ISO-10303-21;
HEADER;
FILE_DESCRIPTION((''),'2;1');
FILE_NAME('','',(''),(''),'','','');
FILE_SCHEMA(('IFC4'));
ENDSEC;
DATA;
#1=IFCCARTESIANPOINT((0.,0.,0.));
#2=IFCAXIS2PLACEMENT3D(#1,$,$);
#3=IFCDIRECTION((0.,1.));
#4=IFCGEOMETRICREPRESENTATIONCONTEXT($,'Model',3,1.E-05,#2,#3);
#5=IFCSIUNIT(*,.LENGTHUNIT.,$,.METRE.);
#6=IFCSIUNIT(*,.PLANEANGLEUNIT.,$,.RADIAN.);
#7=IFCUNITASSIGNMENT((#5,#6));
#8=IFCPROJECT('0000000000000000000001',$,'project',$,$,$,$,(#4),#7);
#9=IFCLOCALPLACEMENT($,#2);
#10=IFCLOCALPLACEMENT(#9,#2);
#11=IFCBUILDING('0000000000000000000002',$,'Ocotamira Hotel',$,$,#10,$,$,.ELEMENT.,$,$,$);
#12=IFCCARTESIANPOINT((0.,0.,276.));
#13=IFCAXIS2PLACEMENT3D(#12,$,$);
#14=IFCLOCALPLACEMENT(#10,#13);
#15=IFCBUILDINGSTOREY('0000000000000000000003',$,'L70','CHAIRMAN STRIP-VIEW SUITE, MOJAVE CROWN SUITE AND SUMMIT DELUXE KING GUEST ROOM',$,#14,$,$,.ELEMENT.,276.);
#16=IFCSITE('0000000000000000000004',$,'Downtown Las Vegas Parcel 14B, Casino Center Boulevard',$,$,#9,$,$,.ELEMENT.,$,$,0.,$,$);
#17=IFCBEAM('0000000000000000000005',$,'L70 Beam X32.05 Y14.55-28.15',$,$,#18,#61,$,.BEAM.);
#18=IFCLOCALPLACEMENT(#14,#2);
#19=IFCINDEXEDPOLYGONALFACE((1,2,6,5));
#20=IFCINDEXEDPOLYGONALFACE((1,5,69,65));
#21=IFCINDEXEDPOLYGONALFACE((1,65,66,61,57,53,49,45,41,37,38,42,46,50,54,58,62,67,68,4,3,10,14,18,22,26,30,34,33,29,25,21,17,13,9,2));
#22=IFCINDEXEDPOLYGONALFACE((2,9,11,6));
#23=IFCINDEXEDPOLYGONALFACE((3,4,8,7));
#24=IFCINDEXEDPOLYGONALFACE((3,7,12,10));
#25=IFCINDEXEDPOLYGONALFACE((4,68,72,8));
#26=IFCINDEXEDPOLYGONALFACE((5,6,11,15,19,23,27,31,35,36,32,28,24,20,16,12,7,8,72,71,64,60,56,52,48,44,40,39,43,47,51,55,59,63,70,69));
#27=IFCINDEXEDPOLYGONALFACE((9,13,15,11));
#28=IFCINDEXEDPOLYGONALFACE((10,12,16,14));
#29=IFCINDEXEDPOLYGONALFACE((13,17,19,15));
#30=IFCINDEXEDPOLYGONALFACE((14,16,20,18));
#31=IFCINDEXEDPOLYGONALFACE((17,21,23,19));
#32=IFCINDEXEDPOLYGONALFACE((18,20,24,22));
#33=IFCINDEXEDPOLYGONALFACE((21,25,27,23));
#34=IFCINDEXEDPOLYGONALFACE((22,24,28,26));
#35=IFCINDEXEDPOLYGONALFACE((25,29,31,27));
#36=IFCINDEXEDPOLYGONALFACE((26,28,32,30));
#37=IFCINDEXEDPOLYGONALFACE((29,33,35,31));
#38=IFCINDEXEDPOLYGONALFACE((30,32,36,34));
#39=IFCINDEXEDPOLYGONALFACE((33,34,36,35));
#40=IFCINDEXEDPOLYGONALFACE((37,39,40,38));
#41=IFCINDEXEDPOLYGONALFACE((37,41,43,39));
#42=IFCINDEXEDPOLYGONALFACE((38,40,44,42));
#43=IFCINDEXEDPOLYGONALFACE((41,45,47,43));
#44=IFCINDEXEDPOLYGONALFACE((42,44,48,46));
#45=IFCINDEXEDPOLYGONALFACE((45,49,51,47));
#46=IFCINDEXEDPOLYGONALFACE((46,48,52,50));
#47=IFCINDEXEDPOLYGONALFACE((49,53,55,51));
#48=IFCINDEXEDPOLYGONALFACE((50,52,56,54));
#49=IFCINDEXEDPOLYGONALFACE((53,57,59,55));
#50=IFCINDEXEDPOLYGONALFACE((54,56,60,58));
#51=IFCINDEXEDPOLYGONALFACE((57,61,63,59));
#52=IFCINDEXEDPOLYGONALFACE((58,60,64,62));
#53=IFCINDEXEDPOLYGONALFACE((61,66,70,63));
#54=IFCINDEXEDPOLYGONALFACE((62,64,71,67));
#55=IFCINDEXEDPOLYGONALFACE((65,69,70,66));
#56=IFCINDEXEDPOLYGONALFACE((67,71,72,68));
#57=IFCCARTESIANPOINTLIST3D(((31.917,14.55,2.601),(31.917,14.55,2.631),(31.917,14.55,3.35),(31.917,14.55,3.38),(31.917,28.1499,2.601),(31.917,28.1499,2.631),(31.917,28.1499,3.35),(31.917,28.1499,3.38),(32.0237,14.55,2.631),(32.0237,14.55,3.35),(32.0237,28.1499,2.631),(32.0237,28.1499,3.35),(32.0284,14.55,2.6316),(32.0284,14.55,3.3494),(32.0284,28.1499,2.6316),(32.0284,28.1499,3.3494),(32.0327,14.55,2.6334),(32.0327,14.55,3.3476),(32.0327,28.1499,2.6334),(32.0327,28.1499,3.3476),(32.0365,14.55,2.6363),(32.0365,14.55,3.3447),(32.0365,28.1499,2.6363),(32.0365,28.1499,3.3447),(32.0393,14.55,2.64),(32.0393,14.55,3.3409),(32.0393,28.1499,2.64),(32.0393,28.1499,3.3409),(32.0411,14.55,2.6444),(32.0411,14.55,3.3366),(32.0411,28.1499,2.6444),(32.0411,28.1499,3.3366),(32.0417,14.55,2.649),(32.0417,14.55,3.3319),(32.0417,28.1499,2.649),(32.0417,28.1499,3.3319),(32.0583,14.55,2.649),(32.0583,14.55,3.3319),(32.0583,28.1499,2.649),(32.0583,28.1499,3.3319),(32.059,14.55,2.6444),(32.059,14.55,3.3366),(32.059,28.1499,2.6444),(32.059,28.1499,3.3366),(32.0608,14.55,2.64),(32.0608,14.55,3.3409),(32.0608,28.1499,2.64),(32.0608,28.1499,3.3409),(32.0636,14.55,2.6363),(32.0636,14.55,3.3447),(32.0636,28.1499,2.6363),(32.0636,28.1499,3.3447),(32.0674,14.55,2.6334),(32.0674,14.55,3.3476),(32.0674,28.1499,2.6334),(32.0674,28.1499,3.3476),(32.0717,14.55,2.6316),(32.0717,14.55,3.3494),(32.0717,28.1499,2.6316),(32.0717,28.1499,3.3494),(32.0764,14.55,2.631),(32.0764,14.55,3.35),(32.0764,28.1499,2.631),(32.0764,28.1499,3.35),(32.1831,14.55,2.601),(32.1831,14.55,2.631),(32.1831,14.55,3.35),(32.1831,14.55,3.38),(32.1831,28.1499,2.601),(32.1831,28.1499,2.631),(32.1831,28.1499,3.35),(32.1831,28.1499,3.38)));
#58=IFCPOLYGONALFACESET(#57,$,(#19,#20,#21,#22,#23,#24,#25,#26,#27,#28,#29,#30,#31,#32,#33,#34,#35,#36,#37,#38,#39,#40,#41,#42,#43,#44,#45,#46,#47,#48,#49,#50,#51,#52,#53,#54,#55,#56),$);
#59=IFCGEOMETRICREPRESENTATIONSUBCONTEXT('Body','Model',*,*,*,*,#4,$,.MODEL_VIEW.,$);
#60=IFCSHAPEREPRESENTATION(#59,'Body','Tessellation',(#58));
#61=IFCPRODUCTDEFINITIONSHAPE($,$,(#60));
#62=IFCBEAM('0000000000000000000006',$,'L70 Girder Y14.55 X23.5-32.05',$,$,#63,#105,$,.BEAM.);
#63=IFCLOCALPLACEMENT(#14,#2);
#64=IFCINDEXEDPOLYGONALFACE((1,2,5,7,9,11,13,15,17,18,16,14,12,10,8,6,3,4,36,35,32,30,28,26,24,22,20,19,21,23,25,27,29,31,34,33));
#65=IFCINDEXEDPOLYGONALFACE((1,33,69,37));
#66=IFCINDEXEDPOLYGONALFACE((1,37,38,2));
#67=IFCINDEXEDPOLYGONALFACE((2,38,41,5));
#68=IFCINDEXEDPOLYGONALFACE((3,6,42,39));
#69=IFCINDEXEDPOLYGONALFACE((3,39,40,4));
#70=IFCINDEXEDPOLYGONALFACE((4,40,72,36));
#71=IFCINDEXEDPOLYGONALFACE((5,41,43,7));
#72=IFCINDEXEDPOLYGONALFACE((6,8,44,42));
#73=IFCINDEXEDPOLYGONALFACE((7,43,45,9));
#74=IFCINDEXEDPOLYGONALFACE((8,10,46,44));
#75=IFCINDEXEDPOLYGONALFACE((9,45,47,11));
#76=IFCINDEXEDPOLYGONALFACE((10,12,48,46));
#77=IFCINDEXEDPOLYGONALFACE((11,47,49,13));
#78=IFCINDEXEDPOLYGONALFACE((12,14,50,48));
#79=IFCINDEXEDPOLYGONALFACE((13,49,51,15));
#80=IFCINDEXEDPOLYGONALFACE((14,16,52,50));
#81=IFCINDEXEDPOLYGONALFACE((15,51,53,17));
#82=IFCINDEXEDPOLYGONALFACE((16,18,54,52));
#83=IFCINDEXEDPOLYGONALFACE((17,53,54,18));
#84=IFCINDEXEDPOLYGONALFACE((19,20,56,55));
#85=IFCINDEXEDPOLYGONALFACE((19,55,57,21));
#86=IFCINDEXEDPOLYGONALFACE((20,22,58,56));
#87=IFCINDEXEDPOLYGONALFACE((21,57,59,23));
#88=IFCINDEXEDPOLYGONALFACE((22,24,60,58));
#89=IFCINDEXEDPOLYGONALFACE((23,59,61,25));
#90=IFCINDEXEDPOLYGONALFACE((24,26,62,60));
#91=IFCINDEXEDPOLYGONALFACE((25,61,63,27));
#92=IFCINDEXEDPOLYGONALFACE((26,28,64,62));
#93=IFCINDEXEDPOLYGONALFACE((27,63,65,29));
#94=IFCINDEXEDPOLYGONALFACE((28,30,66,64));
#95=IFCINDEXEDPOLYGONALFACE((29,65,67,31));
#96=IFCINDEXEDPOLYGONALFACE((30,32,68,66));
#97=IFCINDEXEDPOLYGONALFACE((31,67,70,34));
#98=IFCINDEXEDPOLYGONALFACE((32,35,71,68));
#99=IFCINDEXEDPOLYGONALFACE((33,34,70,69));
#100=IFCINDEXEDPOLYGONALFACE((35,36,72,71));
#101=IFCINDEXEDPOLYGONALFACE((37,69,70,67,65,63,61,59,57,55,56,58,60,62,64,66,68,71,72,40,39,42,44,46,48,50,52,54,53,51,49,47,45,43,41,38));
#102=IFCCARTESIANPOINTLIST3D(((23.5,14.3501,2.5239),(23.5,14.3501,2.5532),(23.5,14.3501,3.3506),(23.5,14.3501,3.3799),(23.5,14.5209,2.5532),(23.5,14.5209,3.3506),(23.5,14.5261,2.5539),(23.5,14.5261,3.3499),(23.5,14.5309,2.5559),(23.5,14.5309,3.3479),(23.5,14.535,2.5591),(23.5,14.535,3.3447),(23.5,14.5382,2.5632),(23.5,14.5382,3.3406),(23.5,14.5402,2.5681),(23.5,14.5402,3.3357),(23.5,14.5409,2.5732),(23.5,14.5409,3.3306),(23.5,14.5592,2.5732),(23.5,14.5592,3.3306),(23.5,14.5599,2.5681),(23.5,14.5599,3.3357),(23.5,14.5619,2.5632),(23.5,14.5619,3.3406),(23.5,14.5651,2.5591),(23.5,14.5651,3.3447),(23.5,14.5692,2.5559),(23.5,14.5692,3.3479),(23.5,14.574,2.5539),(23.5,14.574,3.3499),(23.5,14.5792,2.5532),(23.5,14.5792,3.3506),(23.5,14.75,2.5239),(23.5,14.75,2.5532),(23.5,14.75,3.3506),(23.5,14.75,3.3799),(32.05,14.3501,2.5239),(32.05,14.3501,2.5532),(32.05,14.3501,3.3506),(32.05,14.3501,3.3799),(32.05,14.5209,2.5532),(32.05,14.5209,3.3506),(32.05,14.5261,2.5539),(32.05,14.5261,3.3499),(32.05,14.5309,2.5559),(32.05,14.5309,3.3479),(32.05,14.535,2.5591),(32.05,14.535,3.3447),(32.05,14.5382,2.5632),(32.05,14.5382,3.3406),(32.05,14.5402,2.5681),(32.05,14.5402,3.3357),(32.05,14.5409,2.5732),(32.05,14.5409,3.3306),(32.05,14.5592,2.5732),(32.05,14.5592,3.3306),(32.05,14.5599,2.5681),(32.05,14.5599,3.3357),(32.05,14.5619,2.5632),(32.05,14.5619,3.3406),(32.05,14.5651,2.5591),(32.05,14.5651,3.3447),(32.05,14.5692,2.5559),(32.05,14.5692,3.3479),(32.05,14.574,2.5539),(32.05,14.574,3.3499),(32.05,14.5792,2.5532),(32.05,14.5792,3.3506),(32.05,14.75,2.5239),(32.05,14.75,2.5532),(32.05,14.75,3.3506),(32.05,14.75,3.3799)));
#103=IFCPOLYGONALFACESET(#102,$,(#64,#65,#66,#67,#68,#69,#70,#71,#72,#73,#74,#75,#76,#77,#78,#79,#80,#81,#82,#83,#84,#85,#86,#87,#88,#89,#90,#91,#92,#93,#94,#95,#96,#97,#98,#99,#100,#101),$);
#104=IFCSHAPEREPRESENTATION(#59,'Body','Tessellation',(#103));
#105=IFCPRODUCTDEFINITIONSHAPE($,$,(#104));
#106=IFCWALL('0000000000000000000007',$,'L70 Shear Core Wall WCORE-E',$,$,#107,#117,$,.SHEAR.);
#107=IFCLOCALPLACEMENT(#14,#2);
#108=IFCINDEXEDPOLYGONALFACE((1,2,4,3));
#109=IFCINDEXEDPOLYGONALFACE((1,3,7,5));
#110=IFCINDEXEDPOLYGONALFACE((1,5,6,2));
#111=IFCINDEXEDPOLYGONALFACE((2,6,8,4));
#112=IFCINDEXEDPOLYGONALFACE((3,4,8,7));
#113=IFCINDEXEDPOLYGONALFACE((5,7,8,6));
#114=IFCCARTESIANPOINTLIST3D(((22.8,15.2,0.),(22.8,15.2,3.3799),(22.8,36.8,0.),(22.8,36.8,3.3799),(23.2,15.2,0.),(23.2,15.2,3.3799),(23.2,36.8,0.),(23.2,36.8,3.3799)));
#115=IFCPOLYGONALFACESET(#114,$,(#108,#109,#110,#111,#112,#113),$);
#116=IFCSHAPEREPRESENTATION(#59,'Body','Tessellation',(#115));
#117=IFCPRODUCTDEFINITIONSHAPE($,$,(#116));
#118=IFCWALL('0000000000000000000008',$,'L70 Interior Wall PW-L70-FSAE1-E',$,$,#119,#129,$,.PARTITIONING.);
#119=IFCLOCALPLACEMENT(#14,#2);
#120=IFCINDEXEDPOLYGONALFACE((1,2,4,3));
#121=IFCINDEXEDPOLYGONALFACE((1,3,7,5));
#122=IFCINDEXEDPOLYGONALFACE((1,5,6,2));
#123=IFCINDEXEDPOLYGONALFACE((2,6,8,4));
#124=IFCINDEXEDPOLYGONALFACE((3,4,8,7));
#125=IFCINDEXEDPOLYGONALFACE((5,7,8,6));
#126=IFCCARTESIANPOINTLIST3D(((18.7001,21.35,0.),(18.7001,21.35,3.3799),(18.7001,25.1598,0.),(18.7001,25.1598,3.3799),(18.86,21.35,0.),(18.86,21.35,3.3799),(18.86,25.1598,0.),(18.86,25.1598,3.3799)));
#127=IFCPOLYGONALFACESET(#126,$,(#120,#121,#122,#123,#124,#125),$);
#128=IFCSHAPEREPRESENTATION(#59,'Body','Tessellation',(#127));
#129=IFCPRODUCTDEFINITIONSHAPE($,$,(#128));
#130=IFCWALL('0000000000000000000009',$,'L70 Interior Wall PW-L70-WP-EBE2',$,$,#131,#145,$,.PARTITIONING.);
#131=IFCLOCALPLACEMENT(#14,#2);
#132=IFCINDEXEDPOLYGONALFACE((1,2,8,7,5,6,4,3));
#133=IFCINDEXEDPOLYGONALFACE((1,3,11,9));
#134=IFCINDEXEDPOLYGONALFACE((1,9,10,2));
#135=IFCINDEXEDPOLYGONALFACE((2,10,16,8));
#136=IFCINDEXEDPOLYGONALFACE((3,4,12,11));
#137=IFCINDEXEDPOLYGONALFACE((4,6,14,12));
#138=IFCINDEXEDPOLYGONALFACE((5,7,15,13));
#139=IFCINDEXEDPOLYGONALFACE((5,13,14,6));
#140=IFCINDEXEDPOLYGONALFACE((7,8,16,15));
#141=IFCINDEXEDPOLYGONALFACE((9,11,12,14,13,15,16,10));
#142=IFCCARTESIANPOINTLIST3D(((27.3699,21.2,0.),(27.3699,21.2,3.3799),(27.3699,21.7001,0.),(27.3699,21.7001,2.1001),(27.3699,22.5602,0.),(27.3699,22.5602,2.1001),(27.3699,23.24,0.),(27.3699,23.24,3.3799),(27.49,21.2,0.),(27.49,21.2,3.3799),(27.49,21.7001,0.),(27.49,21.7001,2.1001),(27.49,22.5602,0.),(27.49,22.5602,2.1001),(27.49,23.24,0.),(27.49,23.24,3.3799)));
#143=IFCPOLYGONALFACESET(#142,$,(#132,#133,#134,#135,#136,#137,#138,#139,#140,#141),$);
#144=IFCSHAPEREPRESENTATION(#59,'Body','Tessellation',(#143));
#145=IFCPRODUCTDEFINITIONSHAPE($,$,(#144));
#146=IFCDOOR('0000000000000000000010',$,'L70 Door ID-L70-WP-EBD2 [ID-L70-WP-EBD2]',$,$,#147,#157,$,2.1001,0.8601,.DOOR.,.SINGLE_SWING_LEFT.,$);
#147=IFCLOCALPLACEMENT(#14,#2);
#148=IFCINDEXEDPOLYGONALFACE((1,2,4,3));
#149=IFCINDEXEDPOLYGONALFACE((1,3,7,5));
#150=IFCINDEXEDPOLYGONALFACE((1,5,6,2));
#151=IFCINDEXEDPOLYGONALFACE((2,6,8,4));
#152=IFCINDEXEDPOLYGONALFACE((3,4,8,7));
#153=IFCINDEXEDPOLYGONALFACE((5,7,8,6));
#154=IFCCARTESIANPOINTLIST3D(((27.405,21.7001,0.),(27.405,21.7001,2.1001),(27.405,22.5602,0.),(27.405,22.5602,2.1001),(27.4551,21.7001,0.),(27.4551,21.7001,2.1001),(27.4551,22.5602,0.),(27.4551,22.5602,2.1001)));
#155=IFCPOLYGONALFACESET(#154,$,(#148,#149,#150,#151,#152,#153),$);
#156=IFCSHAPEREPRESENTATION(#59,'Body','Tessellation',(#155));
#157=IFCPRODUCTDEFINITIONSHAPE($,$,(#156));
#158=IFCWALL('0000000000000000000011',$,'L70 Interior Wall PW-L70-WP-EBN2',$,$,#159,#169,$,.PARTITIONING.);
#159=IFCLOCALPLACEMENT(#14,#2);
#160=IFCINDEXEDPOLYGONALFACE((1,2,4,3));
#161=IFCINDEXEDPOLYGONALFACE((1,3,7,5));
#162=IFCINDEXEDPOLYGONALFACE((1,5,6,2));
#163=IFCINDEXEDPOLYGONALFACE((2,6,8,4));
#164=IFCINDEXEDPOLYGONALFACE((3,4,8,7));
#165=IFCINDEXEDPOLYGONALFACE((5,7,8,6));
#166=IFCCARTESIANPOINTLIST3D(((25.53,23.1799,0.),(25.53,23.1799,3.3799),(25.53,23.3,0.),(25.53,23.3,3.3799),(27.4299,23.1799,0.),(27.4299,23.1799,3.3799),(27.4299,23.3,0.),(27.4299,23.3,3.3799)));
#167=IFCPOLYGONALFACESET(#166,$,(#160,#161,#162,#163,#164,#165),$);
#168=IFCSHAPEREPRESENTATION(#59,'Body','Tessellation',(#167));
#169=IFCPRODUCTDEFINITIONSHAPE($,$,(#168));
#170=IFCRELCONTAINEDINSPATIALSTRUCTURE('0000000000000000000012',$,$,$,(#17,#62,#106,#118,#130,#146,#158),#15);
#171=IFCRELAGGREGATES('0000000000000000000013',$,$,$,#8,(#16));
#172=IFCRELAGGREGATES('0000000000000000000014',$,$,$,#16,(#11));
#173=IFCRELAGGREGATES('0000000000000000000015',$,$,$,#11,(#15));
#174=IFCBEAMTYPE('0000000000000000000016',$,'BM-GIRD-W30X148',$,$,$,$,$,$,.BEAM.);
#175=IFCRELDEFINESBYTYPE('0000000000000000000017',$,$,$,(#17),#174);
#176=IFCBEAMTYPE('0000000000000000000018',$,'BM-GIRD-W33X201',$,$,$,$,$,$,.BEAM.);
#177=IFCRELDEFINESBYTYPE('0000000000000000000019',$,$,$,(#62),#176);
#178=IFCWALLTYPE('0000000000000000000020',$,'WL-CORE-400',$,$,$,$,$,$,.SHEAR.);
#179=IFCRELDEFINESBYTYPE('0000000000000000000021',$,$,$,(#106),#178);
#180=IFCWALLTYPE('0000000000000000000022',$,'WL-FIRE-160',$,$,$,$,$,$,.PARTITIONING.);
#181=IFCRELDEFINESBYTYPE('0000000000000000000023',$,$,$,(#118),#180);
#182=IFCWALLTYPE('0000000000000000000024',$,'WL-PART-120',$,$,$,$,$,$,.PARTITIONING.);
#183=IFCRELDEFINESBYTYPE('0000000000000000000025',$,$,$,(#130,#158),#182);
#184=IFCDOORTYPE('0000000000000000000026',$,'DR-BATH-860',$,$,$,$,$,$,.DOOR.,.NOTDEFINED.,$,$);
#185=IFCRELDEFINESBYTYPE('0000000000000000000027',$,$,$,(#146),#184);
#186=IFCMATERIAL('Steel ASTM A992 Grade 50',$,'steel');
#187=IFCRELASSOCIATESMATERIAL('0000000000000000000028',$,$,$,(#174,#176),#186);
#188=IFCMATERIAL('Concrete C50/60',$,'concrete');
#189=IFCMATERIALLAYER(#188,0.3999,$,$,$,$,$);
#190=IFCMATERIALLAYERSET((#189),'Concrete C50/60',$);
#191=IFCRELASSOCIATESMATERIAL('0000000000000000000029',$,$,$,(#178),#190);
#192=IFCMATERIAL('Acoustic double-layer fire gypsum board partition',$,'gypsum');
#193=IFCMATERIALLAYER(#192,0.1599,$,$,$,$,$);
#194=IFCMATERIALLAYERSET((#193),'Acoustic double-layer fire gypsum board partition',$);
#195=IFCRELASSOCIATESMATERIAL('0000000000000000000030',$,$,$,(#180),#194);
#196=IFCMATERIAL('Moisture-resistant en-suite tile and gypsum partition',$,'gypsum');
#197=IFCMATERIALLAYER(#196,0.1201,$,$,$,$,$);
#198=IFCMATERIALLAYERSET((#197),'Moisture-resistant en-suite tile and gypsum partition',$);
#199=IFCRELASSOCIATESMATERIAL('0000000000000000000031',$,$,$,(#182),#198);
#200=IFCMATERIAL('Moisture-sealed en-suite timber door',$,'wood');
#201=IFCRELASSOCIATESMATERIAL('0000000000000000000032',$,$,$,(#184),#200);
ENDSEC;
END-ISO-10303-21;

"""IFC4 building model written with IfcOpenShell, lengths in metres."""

from ifc_helpers import new_model, si_unit, direction, frame, frame_2d, origin, origin_2d, place, context, subcontext, project, spatial, rectangle, i_section, extrude, source, transform, mapped, material, layer, layer_set, material_profile, profile_set, type_object, element, fill, save


model = new_model("IFC4")

# Units and contexts
model_context = context("Model", 3, precision=1e-05, world=origin(), true_north=direction((0.0, 1.0)))
body_context = subcontext(model_context, "Body", "Model", "MODEL_VIEW")
ifc_project = project(units=[si_unit("LENGTHUNIT", "METRE"), si_unit("PLANEANGLEUNIT", "RADIAN")], contexts=[model_context])

# Site, building, storey
site_placement = place(None, origin())
site = spatial("IfcSite", under=ifc_project, at=site_placement, Name="Downtown Las Vegas Parcel 14B, Casino Center Boulevard", CompositionType="ELEMENT", RefElevation=0.0)
building_placement = place(site_placement, origin())
building = spatial("IfcBuilding", under=site, at=building_placement, Name="Ocotamira Hotel", CompositionType="ELEMENT")
storey_placement = place(building_placement, frame((0.0, 0.0, 276.0)))
storey = spatial("IfcBuildingStorey", under=building, at=storey_placement, Name="L70", Description="CHAIRMAN STRIP-VIEW SUITE, MOJAVE CROWN SUITE AND SUMMIT DELUXE KING GUEST ROOM", CompositionType="ELEMENT", Elevation=276.0)

# Shared definitions
ifc_material_1 = material(Name="Steel ASTM A992 Grade 50", Category="steel")

# Beams
ifc_material_profile_1 = material_profile(ifc_material_1, i_section(OverallWidth=0.2661, OverallDepth=0.7791, WebThickness=0.0166, FlangeThickness=0.03, FilletRadius=0.0181, at=origin_2d()), Name="W30X148")
ifc_profile_set_1 = profile_set([ifc_material_profile_1], Name="Steel ASTM A992 Grade 50")
beam_type_1 = type_object("IfcBeamType", Name="BM-GIRD-W30X148", PredefinedType="BEAM", material=ifc_profile_set_1)
shared_shape_1 = source(origin(), body_context, "Body", "SweptSolid", [
    extrude(i_section(OverallWidth=0.2661, OverallDepth=0.7791, WebThickness=0.0166, FlangeThickness=0.03, FilletRadius=0.0181, at=origin_2d()), origin(), (0.0, 0.0, 1.0), 13.5999),
])
for number, where, z_axis, x_axis, name in (
    (1, (32.05, 14.55, 2.9905), (0.0, 1.0, 0.0), (-1.0, 0.0, 0.0), "L70 Beam X32.05 Y14.55-28.15"),
):
    element("IfcBeam", number, at=place(storey_placement, frame(where, z_axis=z_axis, x_axis=x_axis)), inside=storey, type_object=beam_type_1, Name=name, PredefinedType="BEAM", context=body_context, shape_type="MappedRepresentation", body=[
        mapped(shared_shape_1, transform((0.0, 0.0, 0.0), scale=1.0)),
    ])
ifc_material_profile_2 = material_profile(ifc_material_1, i_section(OverallWidth=0.3999, OverallDepth=0.856, WebThickness=0.0183, FlangeThickness=0.0293, FilletRadius=0.02, at=origin_2d()), Name="W33X201")
ifc_profile_set_2 = profile_set([ifc_material_profile_2], Name="Steel ASTM A992 Grade 50")
beam_type_2 = type_object("IfcBeamType", Name="BM-GIRD-W33X201", PredefinedType="BEAM", material=ifc_profile_set_2)
shared_shape_2 = source(origin(), body_context, "Body", "SweptSolid", [
    extrude(i_section(OverallWidth=0.3999, OverallDepth=0.856, WebThickness=0.0183, FlangeThickness=0.0293, FilletRadius=0.02, at=origin_2d()), origin(), (0.0, 0.0, 1.0), 8.55),
])
beam_placement = place(storey_placement, frame((23.5, 14.55, 2.9519), z_axis=(1.0, 0.0, 0.0), x_axis=(0.0, 1.0, 0.0)))
element("IfcBeam", 2, at=beam_placement, inside=storey, type_object=beam_type_2, Name="L70 Girder Y14.55 X23.5-32.05", PredefinedType="BEAM", context=body_context, shape_type="MappedRepresentation", body=[
    mapped(shared_shape_2, transform((0.0, 0.0, 0.0), scale=1.0)),
])

# Walls
ifc_material_2 = material(Name="Concrete C50/60", Category="concrete")
ifc_layer_1 = layer(ifc_material_2, 0.3999)
ifc_layer_set_1 = layer_set([ifc_layer_1], Name="Concrete C50/60")
wall_type_1 = type_object("IfcWallType", Name="WL-CORE-400", PredefinedType="SHEAR", material=ifc_layer_set_1)
wall_1_placement = place(storey_placement, frame((23.0, 15.2, 0.0), z_axis=(0.0, 0.0, 1.0), x_axis=(0.0, 1.0, 0.0)))
element("IfcWall", 3, at=wall_1_placement, inside=storey, type_object=wall_type_1, Name="L70 Shear Core Wall WCORE-E", PredefinedType="SHEAR", context=body_context, shape_type="SweptSolid", body=[
    extrude(rectangle(XDim=21.6001, YDim=0.3999, at=frame_2d((10.8, 0.0))), origin(), (0.0, 0.0, 1.0), 3.3799),
])
ifc_material_3 = material(Name="Acoustic double-layer fire gypsum board partition", Category="gypsum")
ifc_layer_2 = layer(ifc_material_3, 0.1599)
ifc_layer_set_2 = layer_set([ifc_layer_2], Name="Acoustic double-layer fire gypsum board partition")
wall_type_2 = type_object("IfcWallType", Name="WL-FIRE-160", PredefinedType="PARTITIONING", material=ifc_layer_set_2)
wall_2_placement = place(storey_placement, frame((18.78, 21.3501, 0.0), z_axis=(0.0, 0.0, 1.0), x_axis=(0.0, 1.0, 0.0)))
element("IfcWall", 4, at=wall_2_placement, inside=storey, type_object=wall_type_2, Name="L70 Interior Wall PW-L70-FSAE1-E", PredefinedType="PARTITIONING", context=body_context, shape_type="SweptSolid", body=[
    extrude(rectangle(XDim=3.8098, YDim=0.1599, at=frame_2d((1.9048, 0.0))), origin(), (0.0, 0.0, 1.0), 3.3799),
])

# Wall, opening, door
ifc_material_4 = material(Name="Moisture-resistant en-suite tile and gypsum partition", Category="gypsum")
ifc_layer_3 = layer(ifc_material_4, 0.1201)
ifc_layer_set_3 = layer_set([ifc_layer_3], Name="Moisture-resistant en-suite tile and gypsum partition")
wall_type_3 = type_object("IfcWallType", Name="WL-PART-120", PredefinedType="PARTITIONING", material=ifc_layer_set_3)
wall_3_placement = place(storey_placement, frame((27.4299, 21.2, 0.0), z_axis=(0.0, 0.0, 1.0), x_axis=(0.0, 1.0, 0.0)))
wall_3 = element("IfcWall", 5, at=wall_3_placement, inside=storey, type_object=wall_type_3, Name="L70 Interior Wall PW-L70-WP-EBE2", PredefinedType="PARTITIONING", context=body_context, shape_type="SweptSolid", body=[
    extrude(rectangle(XDim=2.04, YDim=0.1201, at=frame_2d((1.02, 0.0))), origin(), (0.0, 0.0, 1.0), 3.3799),
])
opening_1_placement = place(wall_3_placement, frame((0.5, 0.0, 0.0)))
opening_1 = element("IfcOpeningElement", 6, at=opening_1_placement, cuts=wall_3, PredefinedType="OPENING", context=body_context, shape_type="SweptSolid", body=[
    extrude(rectangle(XDim=0.8601, YDim=2.1001, at=frame_2d((0.4302, 1.05))), frame((0.0, 0.0701, 0.0), z_axis=(0.0, -1.0, 0.0), x_axis=(1.0, 0.0, 0.0)), (0.0, 0.0, 1.0), 0.1401),
])
ifc_material_5 = material(Name="Moisture-sealed en-suite timber door", Category="wood")
door_type_1 = type_object("IfcDoorType", Name="DR-BATH-860", OperationType="NOTDEFINED", PredefinedType="DOOR", material=ifc_material_5)
shared_shape_3 = source(origin(), body_context, "Body", "SweptSolid", [
    extrude(rectangle(XDim=0.8601, YDim=2.1001, at=frame_2d((0.4302, 1.05))), frame((0.0, 0.0249, 0.0), z_axis=(0.0, -1.0, 0.0), x_axis=(1.0, 0.0, 0.0)), (0.0, 0.0, 1.0), 0.05),
])
door_1_placement = place(opening_1_placement, origin())
door_1 = element("IfcDoor", 7, at=door_1_placement, inside=storey, type_object=door_type_1, Name="L70 Door ID-L70-WP-EBD2 [ID-L70-WP-EBD2]", OperationType="SINGLE_SWING_LEFT", OverallHeight=2.1001, OverallWidth=0.8601, PredefinedType="DOOR", context=body_context, shape_type="MappedRepresentation", body=[
    mapped(shared_shape_3, transform((0.0, 0.0, 0.0), scale=1.0)),
])
fill(opening_1, door_1)

# Wall
wall_4_placement = place(storey_placement, frame((25.53, 23.24, 0.0), z_axis=(0.0, 0.0, 1.0), x_axis=(1.0, 0.0, 0.0)))
element("IfcWall", 8, at=wall_4_placement, inside=storey, type_object=wall_type_3, Name="L70 Interior Wall PW-L70-WP-EBN2", PredefinedType="PARTITIONING", context=body_context, shape_type="SweptSolid", body=[
    extrude(rectangle(XDim=1.8999, YDim=0.1201, at=frame_2d((0.95, 0.0))), origin(), (0.0, 0.0, 1.0), 3.3799),
])

save(model, "model.ifc")
